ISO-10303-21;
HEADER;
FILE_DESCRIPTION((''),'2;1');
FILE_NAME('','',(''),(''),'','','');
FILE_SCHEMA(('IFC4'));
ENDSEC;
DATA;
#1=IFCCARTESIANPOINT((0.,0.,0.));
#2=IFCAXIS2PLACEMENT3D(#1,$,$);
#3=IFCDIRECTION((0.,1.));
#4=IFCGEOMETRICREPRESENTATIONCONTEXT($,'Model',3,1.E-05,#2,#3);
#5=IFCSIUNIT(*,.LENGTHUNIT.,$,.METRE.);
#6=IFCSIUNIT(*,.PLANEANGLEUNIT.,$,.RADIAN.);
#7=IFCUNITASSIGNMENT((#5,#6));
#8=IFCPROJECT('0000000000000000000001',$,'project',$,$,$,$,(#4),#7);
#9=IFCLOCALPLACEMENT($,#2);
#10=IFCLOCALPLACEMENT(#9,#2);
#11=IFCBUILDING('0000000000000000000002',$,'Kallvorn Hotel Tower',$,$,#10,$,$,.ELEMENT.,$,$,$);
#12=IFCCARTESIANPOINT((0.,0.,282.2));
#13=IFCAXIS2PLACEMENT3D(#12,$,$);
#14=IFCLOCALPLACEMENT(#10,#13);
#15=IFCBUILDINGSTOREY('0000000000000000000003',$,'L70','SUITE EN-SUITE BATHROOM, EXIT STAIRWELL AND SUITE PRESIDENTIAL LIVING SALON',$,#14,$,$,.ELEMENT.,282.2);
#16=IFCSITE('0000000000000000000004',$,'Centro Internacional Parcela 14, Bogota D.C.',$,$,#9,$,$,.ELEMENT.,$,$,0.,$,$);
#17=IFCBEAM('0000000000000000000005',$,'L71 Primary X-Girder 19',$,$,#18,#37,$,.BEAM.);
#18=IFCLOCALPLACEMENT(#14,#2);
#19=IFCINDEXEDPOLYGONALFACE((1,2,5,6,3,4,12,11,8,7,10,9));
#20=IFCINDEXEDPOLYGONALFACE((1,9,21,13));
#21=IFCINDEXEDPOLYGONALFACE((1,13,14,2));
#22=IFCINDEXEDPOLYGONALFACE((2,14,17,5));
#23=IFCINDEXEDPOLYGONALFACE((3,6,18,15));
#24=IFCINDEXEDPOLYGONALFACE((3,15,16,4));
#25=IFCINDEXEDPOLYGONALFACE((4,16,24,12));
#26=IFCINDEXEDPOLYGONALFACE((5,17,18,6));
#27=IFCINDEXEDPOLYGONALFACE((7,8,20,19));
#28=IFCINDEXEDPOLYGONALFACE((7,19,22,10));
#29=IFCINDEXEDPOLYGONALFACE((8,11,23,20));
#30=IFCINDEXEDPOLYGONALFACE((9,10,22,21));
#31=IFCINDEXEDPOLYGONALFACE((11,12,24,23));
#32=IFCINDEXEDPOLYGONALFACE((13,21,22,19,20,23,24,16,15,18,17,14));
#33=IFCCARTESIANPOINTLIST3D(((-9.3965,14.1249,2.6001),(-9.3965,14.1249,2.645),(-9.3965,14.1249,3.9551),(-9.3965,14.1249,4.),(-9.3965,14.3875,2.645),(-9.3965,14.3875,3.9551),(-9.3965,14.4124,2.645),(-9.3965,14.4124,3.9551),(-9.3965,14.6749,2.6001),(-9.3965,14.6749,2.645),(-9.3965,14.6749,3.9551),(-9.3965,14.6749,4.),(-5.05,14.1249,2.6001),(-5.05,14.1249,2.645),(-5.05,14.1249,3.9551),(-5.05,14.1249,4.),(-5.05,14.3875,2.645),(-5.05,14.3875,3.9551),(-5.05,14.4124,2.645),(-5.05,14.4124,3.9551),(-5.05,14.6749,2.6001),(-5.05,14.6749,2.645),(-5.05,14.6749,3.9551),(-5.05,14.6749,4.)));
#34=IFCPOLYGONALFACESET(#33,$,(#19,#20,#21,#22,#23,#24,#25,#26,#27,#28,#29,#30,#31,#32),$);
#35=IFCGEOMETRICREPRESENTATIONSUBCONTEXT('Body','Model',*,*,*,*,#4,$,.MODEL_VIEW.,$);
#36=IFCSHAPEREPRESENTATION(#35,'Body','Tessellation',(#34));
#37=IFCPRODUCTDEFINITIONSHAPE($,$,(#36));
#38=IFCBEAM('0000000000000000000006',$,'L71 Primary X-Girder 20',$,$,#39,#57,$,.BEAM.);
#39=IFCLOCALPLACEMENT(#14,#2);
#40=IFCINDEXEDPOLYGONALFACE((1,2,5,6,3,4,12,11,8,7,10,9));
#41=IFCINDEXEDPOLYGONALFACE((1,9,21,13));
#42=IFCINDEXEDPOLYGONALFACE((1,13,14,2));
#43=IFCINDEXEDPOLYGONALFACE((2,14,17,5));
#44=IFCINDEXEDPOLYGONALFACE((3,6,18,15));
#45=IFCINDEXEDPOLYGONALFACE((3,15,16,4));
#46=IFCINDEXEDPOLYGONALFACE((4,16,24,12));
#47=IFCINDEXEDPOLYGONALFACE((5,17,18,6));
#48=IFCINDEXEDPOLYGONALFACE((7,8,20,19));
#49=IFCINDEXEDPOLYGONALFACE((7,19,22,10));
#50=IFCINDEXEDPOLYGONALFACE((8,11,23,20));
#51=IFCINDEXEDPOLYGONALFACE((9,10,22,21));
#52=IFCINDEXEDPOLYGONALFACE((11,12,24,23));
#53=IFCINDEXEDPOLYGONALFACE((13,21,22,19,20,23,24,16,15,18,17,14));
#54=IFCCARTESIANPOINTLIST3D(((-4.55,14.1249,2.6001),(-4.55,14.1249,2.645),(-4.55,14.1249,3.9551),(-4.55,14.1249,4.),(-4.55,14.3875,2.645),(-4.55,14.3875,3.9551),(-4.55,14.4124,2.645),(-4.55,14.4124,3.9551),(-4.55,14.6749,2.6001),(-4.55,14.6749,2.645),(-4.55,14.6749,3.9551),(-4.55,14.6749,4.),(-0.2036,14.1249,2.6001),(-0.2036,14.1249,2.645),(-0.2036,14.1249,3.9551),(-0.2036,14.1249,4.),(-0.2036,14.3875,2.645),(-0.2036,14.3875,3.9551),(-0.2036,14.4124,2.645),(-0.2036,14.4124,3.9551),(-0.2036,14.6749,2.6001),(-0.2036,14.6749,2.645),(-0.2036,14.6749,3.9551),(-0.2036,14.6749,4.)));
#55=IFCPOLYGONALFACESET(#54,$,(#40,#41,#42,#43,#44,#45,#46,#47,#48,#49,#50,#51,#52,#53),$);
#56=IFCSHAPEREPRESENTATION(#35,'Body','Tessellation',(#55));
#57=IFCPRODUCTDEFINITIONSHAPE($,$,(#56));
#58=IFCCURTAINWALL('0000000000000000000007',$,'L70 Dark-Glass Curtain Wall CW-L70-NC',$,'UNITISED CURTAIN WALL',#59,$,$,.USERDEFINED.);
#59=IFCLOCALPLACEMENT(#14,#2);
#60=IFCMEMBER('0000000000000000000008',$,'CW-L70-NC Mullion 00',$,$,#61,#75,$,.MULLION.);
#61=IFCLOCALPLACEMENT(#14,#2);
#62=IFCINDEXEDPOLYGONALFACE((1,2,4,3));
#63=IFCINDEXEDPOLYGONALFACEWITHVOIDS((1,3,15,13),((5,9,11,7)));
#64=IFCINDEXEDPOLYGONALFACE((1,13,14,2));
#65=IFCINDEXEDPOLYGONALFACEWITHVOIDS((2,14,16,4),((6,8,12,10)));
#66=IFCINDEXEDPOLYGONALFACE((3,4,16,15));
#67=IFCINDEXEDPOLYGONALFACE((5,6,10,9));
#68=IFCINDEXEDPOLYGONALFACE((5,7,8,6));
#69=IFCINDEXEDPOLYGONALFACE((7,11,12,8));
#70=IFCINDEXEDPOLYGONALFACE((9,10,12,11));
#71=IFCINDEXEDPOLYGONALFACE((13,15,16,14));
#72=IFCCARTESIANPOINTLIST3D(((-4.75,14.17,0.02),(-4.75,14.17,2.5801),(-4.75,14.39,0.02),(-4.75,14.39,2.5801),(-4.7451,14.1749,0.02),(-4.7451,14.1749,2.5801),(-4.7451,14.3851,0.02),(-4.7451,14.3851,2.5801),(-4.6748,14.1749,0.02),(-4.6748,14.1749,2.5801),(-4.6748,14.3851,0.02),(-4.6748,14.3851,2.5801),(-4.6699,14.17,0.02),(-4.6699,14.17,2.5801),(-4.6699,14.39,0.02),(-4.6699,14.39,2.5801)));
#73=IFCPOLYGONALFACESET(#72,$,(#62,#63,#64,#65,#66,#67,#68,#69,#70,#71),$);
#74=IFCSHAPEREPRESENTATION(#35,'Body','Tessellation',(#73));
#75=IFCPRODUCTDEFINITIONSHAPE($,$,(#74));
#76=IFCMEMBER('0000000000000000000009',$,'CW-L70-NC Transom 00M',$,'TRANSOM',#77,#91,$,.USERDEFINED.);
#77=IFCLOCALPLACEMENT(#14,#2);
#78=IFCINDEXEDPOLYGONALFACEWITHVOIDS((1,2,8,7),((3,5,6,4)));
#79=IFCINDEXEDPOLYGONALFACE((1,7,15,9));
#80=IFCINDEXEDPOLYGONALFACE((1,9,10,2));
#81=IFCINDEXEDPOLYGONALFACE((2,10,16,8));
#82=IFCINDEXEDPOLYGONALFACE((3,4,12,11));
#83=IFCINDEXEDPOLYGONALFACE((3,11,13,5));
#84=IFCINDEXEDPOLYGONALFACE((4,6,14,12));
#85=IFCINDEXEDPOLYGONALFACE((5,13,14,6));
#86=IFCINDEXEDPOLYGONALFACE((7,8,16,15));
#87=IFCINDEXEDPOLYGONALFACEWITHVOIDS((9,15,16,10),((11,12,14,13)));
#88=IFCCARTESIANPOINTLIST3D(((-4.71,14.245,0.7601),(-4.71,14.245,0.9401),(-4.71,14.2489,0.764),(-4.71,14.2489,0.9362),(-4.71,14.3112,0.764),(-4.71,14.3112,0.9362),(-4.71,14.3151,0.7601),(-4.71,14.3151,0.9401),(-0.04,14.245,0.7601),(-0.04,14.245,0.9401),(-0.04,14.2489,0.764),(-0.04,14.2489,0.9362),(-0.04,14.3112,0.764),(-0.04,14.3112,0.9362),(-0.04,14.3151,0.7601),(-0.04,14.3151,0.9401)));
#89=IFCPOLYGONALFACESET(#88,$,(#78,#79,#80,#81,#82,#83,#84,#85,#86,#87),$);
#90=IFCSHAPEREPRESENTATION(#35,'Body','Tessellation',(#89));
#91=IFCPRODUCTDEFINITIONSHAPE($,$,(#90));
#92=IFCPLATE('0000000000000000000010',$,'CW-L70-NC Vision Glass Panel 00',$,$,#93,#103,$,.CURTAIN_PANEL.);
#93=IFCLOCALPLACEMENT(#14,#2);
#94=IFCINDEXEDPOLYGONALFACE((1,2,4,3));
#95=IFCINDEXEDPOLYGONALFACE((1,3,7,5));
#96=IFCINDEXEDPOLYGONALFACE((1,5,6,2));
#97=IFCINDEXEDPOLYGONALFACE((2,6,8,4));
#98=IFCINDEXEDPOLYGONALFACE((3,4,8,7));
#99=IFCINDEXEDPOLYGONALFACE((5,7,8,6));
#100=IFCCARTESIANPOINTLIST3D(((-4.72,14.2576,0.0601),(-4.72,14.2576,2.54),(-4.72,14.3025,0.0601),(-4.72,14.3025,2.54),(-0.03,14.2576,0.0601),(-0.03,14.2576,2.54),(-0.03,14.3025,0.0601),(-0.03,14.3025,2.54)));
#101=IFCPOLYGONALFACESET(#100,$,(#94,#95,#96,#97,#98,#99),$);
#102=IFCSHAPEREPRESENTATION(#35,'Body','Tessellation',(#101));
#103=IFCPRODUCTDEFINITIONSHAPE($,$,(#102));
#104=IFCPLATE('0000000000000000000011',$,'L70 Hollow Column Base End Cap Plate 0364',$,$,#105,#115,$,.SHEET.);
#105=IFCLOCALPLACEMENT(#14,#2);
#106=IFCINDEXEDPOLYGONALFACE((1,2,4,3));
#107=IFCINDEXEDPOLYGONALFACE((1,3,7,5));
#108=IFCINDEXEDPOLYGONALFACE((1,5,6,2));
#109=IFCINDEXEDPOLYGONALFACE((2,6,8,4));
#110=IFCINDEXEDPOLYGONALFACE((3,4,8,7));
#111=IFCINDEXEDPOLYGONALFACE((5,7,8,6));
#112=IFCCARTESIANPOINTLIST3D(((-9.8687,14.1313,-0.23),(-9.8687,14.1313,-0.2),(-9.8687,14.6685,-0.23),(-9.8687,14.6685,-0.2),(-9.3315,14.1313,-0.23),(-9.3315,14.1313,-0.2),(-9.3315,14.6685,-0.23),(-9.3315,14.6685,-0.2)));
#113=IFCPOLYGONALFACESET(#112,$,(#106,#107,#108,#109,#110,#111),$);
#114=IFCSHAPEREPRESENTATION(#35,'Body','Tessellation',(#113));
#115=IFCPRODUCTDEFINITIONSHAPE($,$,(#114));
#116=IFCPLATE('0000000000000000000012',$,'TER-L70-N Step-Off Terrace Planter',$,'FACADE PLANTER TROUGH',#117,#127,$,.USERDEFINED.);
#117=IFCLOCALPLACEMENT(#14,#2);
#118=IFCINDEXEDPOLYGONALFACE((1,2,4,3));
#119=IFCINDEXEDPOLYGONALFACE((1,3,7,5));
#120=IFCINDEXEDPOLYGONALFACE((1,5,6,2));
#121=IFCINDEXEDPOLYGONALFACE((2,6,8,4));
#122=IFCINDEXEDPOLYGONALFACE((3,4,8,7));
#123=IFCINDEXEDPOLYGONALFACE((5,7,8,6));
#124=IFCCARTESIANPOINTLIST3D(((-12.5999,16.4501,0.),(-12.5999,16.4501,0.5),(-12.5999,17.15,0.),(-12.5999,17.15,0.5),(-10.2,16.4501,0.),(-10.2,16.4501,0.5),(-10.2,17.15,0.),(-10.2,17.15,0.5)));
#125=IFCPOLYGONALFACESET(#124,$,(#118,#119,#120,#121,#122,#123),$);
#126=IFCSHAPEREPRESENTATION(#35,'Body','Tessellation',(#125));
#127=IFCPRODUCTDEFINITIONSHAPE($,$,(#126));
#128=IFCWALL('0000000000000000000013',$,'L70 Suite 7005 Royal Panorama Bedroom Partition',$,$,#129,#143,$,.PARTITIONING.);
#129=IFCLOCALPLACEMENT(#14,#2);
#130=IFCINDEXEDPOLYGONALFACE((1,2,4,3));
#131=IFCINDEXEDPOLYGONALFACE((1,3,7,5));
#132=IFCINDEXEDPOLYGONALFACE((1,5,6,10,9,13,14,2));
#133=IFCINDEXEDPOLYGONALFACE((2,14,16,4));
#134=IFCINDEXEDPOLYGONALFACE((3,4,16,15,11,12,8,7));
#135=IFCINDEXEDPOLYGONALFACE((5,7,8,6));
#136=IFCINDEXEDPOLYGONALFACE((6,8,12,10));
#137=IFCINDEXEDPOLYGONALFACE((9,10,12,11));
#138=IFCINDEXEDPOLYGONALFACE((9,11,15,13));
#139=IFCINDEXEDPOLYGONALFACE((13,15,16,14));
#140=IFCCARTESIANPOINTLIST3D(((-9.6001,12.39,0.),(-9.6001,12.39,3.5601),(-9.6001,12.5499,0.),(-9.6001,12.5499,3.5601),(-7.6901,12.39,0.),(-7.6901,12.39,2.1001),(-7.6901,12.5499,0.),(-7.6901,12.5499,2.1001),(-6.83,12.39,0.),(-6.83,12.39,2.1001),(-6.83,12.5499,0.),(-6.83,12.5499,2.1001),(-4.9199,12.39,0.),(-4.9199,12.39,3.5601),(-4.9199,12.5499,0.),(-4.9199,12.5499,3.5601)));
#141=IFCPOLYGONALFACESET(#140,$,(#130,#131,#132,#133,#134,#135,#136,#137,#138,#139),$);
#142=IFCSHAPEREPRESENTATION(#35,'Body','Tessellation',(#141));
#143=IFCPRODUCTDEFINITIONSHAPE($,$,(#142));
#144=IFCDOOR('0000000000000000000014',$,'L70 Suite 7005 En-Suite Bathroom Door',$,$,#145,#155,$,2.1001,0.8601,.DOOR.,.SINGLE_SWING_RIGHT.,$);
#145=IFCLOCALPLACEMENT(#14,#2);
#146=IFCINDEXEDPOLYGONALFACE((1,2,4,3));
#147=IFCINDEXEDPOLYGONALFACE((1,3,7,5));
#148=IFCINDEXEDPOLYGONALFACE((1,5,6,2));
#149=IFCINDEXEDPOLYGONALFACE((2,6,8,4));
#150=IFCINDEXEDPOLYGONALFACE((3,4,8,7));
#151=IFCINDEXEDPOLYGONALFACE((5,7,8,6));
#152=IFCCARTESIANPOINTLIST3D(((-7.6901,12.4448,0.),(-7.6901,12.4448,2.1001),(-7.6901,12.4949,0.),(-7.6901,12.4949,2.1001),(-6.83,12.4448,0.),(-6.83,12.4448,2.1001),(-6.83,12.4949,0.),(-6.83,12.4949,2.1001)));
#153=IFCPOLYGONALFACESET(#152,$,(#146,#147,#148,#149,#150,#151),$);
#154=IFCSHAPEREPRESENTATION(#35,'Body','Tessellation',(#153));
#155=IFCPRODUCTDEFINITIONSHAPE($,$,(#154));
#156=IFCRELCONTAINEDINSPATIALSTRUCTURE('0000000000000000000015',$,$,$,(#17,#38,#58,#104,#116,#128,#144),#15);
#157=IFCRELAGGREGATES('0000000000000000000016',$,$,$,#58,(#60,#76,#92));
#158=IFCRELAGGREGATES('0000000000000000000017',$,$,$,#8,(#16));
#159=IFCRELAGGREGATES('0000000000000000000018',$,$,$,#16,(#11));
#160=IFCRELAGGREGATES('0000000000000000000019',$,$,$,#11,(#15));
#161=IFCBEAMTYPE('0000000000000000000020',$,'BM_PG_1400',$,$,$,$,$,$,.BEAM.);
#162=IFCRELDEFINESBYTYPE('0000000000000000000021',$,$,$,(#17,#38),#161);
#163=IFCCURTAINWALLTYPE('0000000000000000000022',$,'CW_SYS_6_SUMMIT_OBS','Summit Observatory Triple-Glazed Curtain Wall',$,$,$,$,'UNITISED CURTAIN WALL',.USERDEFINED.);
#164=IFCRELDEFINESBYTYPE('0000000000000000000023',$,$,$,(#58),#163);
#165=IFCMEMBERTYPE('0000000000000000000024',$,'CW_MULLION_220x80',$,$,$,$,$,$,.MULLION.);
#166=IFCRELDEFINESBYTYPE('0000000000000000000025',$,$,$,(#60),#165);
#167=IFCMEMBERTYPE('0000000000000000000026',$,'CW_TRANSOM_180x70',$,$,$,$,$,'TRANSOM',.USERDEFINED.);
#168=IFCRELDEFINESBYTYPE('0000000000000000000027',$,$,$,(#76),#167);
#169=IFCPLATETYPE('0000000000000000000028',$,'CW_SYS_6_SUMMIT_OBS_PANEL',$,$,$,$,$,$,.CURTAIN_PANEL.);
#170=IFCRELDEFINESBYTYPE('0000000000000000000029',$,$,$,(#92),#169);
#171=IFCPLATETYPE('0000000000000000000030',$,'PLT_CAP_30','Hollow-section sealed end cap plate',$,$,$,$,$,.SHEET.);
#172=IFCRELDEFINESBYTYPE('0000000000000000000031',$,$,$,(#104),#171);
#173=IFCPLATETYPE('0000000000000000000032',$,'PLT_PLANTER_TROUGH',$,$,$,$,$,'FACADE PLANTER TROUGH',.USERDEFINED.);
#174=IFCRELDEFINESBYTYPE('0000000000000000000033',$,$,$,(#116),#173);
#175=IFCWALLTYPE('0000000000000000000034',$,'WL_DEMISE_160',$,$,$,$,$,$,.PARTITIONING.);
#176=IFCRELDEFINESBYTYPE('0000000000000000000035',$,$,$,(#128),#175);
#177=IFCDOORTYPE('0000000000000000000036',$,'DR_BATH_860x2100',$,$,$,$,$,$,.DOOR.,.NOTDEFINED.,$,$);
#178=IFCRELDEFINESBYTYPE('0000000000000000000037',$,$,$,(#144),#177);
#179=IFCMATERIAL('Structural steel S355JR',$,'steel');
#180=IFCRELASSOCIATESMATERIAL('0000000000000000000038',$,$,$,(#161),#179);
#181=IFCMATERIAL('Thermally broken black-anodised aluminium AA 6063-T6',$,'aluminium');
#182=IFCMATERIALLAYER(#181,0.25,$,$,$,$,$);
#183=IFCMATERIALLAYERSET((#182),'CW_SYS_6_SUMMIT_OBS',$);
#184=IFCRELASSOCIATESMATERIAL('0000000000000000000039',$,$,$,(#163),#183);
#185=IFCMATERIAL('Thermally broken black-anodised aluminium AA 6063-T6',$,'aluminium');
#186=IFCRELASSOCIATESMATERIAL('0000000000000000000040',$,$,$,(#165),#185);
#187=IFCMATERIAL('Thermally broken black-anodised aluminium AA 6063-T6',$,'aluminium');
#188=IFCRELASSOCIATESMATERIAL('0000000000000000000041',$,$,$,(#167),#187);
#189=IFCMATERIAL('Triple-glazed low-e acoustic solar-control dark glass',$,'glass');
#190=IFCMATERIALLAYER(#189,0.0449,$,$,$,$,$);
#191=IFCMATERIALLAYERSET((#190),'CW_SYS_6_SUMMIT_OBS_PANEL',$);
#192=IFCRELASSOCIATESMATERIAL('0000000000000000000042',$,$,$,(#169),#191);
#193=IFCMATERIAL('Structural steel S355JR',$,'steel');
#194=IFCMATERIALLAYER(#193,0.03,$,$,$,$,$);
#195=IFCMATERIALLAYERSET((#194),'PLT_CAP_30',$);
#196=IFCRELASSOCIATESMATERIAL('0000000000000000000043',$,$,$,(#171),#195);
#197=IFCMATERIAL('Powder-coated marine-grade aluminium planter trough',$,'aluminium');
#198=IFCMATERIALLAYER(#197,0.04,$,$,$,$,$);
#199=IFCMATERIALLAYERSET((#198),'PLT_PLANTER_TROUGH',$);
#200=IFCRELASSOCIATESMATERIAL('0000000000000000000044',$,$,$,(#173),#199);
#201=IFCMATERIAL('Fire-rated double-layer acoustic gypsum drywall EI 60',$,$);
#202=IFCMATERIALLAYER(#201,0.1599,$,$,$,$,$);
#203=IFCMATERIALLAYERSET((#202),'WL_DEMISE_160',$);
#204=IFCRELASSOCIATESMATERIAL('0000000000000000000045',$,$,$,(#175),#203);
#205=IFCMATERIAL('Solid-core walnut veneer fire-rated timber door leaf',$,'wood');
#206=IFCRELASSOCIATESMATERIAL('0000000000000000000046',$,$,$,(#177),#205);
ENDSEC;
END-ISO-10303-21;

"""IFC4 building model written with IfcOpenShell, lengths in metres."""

from ifc_helpers import new_model, si_unit, direction, frame, frame_2d, origin, origin_2d, place, context, subcontext, project, spatial, rectangle, hollow_rectangle, i_section, extrude, material, layer, layer_set, material_profile, profile_set, type_object, element, fill, aggregate, save


model = new_model("IFC4")

# Units and contexts
model_context = context("Model", 3, precision=1e-05, world=origin(), true_north=direction((0.0, 1.0)))
body_context = subcontext(model_context, "Body", "Model", "MODEL_VIEW")
ifc_project = project(units=[si_unit("LENGTHUNIT", "METRE"), si_unit("PLANEANGLEUNIT", "RADIAN")], contexts=[model_context])

# Site, building, storey
site_placement = place(None, origin())
site = spatial("IfcSite", under=ifc_project, at=site_placement, Name="Centro Internacional Parcela 14, Bogota D.C.", CompositionType="ELEMENT", RefElevation=0.0)
building_placement = place(site_placement, origin())
building = spatial("IfcBuilding", under=site, at=building_placement, Name="Kallvorn Hotel Tower", CompositionType="ELEMENT")
storey_placement = place(building_placement, frame((0.0, 0.0, 282.2)))
storey = spatial("IfcBuildingStorey", under=building, at=storey_placement, Name="L70", Description="SUITE EN-SUITE BATHROOM, EXIT STAIRWELL AND SUITE PRESIDENTIAL LIVING SALON", CompositionType="ELEMENT", Elevation=282.2)

# Beams
ifc_material_1 = material(Name="Structural steel S355JR", Category="steel")
ifc_material_profile_1 = material_profile(ifc_material_1, i_section(OverallWidth=0.55, OverallDepth=1.3999, WebThickness=0.0249, FlangeThickness=0.0449, at=origin_2d()), Name="PG 1400x550x25x45")
ifc_profile_set_1 = profile_set([ifc_material_profile_1], Name="Structural steel S355JR")
beam_type_1 = type_object("IfcBeamType", Name="BM_PG_1400", PredefinedType="BEAM", material=ifc_profile_set_1)
for number, where, z_axis, x_axis, name in (
    (1, (-9.3965, 14.3999, 3.3), (1.0, 0.0, 0.0), (0.0, 1.0, 0.0), "L71 Primary X-Girder 19"),
    (2, (-4.55, 14.3999, 3.3), (1.0, 0.0, 0.0), (0.0, 1.0, 0.0), "L71 Primary X-Girder 20"),
):
    element("IfcBeam", number, at=place(storey_placement, frame(where, z_axis=z_axis, x_axis=x_axis)), inside=storey, type_object=beam_type_1, Name=name, PredefinedType="BEAM", context=body_context, shape_type="SweptSolid", body=[
        extrude(i_section(OverallWidth=0.55, OverallDepth=1.3999, WebThickness=0.0249, FlangeThickness=0.0449, at=origin_2d()), origin(), (0.0, 0.0, 1.0), 4.3464),
    ])

# Curtain wall, members, plate
ifc_material_2 = material(Name="Thermally broken black-anodised aluminium AA 6063-T6", Category="aluminium")
ifc_layer_1 = layer(ifc_material_2, 0.25)
ifc_layer_set_1 = layer_set([ifc_layer_1], Name="CW_SYS_6_SUMMIT_OBS")
curtain_wall_type = type_object("IfcCurtainWallType", Name="CW_SYS_6_SUMMIT_OBS", Description="Summit Observatory Triple-Glazed Curtain Wall", ElementType="UNITISED CURTAIN WALL", PredefinedType="USERDEFINED", material=ifc_layer_set_1)
curtain_wall_placement = place(storey_placement, origin())
curtain_wall = element("IfcCurtainWall", 3, at=curtain_wall_placement, inside=storey, type_object=curtain_wall_type, Name="L70 Dark-Glass Curtain Wall CW-L70-NC", ObjectType="UNITISED CURTAIN WALL", PredefinedType="USERDEFINED")
ifc_material_3 = material(Name="Thermally broken black-anodised aluminium AA 6063-T6", Category="aluminium")
ifc_material_profile_2 = material_profile(ifc_material_3, hollow_rectangle(XDim=0.0801, YDim=0.22, WallThickness=0.0049, at=origin_2d()), Name="MUL 220x80")
ifc_profile_set_2 = profile_set([ifc_material_profile_2], Name="Thermally broken black-anodised aluminium AA 6063-T6")
member_type_1 = type_object("IfcMemberType", Name="CW_MULLION_220x80", PredefinedType="MULLION", material=ifc_profile_set_2)
member_1_placement = place(storey_placement, frame((-4.71, 14.28, 0.02), z_axis=(0.0, 0.0, 1.0), x_axis=(1.0, 0.0, 0.0)))
member_1 = element("IfcMember", 4, at=member_1_placement, type_object=member_type_1, Name="CW-L70-NC Mullion 00", PredefinedType="MULLION", context=body_context, shape_type="SweptSolid", body=[
    extrude(hollow_rectangle(XDim=0.0801, YDim=0.22, WallThickness=0.0049, at=origin_2d()), origin(), (0.0, 0.0, 1.0), 2.5601),
])
ifc_material_4 = material(Name="Thermally broken black-anodised aluminium AA 6063-T6", Category="aluminium")
ifc_material_profile_3 = material_profile(ifc_material_4, hollow_rectangle(XDim=0.0701, YDim=0.1799, WallThickness=0.0039, at=origin_2d()), Name="TRN 180x70")
ifc_profile_set_3 = profile_set([ifc_material_profile_3], Name="Thermally broken black-anodised aluminium AA 6063-T6")
member_type_2 = type_object("IfcMemberType", Name="CW_TRANSOM_180x70", ElementType="TRANSOM", PredefinedType="USERDEFINED", material=ifc_profile_set_3)
member_2_placement = place(storey_placement, frame((-4.71, 14.28, 0.8501), z_axis=(1.0, 0.0, 0.0), x_axis=(0.0, 1.0, 0.0)))
member_2 = element("IfcMember", 5, at=member_2_placement, type_object=member_type_2, Name="CW-L70-NC Transom 00M", ObjectType="TRANSOM", PredefinedType="USERDEFINED", context=body_context, shape_type="SweptSolid", body=[
    extrude(hollow_rectangle(XDim=0.0701, YDim=0.1799, WallThickness=0.0039, at=origin_2d()), origin(), (0.0, 0.0, 1.0), 4.6699),
])
ifc_material_5 = material(Name="Triple-glazed low-e acoustic solar-control dark glass", Category="glass")
ifc_layer_2 = layer(ifc_material_5, 0.0449)
ifc_layer_set_2 = layer_set([ifc_layer_2], Name="CW_SYS_6_SUMMIT_OBS_PANEL")
plate_type_1 = type_object("IfcPlateType", Name="CW_SYS_6_SUMMIT_OBS_PANEL", PredefinedType="CURTAIN_PANEL", material=ifc_layer_set_2)
plate_1_placement = place(storey_placement, frame((-2.375, 14.28, 0.0601), z_axis=(0.0, 0.0, 1.0), x_axis=(1.0, 0.0, 0.0)))
plate_1 = element("IfcPlate", 6, at=plate_1_placement, type_object=plate_type_1, Name="CW-L70-NC Vision Glass Panel 00", PredefinedType="CURTAIN_PANEL", context=body_context, shape_type="SweptSolid", body=[
    extrude(rectangle(XDim=4.6899, YDim=0.0449, at=origin_2d()), origin(), (0.0, 0.0, 1.0), 2.48),
])
aggregate(curtain_wall, [member_1, member_2, plate_1])

# Plates
ifc_material_6 = material(Name="Structural steel S355JR", Category="steel")
ifc_layer_3 = layer(ifc_material_6, 0.03)
ifc_layer_set_3 = layer_set([ifc_layer_3], Name="PLT_CAP_30")
plate_type_2 = type_object("IfcPlateType", Name="PLT_CAP_30", Description="Hollow-section sealed end cap plate", PredefinedType="SHEET", material=ifc_layer_set_3)
plate_2_placement = place(storey_placement, frame((-9.6001, 14.3999, -0.23), z_axis=(0.0, 0.0, 1.0), x_axis=(1.0, 0.0, 0.0)))
element("IfcPlate", 7, at=plate_2_placement, inside=storey, type_object=plate_type_2, Name="L70 Hollow Column Base End Cap Plate 0364", PredefinedType="SHEET", context=body_context, shape_type="SweptSolid", body=[
    extrude(rectangle(XDim=0.5371, YDim=0.5371, at=origin_2d()), origin(), (0.0, 0.0, 1.0), 0.03),
])
ifc_material_7 = material(Name="Powder-coated marine-grade aluminium planter trough", Category="aluminium")
ifc_layer_4 = layer(ifc_material_7, 0.04)
ifc_layer_set_4 = layer_set([ifc_layer_4], Name="PLT_PLANTER_TROUGH")
plate_type_3 = type_object("IfcPlateType", Name="PLT_PLANTER_TROUGH", ElementType="FACADE PLANTER TROUGH", PredefinedType="USERDEFINED", material=ifc_layer_set_4)
plate_3_placement = place(storey_placement, frame((-11.3999, 16.8, 0.0), z_axis=(0.0, 0.0, 1.0), x_axis=(1.0, 0.0, 0.0)))
element("IfcPlate", 8, at=plate_3_placement, inside=storey, type_object=plate_type_3, Name="TER-L70-N Step-Off Terrace Planter", ObjectType="FACADE PLANTER TROUGH", PredefinedType="USERDEFINED", context=body_context, shape_type="SweptSolid", body=[
    extrude(rectangle(XDim=2.3999, YDim=0.7, at=origin_2d()), origin(), (0.0, 0.0, 1.0), 0.5),
])

# Wall, opening, door
ifc_material_8 = material(Name="Fire-rated double-layer acoustic gypsum drywall EI 60")
ifc_layer_5 = layer(ifc_material_8, 0.1599)
ifc_layer_set_5 = layer_set([ifc_layer_5], Name="WL_DEMISE_160")
wall_type_1 = type_object("IfcWallType", Name="WL_DEMISE_160", PredefinedType="PARTITIONING", material=ifc_layer_set_5)
wall_1_placement = place(storey_placement, frame((-9.6001, 12.47, 0.0), z_axis=(0.0, 0.0, 1.0), x_axis=(1.0, 0.0, 0.0)))
wall_1 = element("IfcWall", 9, at=wall_1_placement, inside=storey, type_object=wall_type_1, Name="L70 Suite 7005 Royal Panorama Bedroom Partition", PredefinedType="PARTITIONING", context=body_context, shape_type="SweptSolid", body=[
    extrude(rectangle(XDim=4.6802, YDim=0.1599, at=frame_2d((2.3401, 0.0))), origin(), (0.0, 0.0, 1.0), 3.5601),
])
opening_1_placement = place(wall_1_placement, frame((1.9099, 0.0, 0.0)))
opening_1 = element("IfcOpeningElement", 10, at=opening_1_placement, cuts=wall_1, PredefinedType="OPENING", context=body_context, shape_type="SweptSolid", body=[
    extrude(rectangle(XDim=0.8601, YDim=2.1001, at=frame_2d((0.4302, 1.05))), frame((0.0, 0.095, 0.0), z_axis=(0.0, -1.0, 0.0), x_axis=(1.0, 0.0, 0.0)), (0.0, 0.0, 1.0), 0.1899),
])
ifc_material_9 = material(Name="Solid-core walnut veneer fire-rated timber door leaf", Category="wood")
door_type_1 = type_object("IfcDoorType", Name="DR_BATH_860x2100", OperationType="NOTDEFINED", PredefinedType="DOOR", material=ifc_material_9)
door_1_placement = place(opening_1_placement, origin())
door_1 = element("IfcDoor", 11, at=door_1_placement, inside=storey, type_object=door_type_1, Name="L70 Suite 7005 En-Suite Bathroom Door", OperationType="SINGLE_SWING_RIGHT", OverallHeight=2.1001, OverallWidth=0.8601, PredefinedType="DOOR", context=body_context, shape_type="SweptSolid", body=[
    extrude(rectangle(XDim=0.8601, YDim=2.1001, at=frame_2d((0.4302, 1.05))), frame((0.0, 0.0249, 0.0), z_axis=(0.0, -1.0, 0.0), x_axis=(1.0, 0.0, 0.0)), (0.0, 0.0, 1.0), 0.05),
])
fill(opening_1, door_1)

save(model, "model.ifc")
